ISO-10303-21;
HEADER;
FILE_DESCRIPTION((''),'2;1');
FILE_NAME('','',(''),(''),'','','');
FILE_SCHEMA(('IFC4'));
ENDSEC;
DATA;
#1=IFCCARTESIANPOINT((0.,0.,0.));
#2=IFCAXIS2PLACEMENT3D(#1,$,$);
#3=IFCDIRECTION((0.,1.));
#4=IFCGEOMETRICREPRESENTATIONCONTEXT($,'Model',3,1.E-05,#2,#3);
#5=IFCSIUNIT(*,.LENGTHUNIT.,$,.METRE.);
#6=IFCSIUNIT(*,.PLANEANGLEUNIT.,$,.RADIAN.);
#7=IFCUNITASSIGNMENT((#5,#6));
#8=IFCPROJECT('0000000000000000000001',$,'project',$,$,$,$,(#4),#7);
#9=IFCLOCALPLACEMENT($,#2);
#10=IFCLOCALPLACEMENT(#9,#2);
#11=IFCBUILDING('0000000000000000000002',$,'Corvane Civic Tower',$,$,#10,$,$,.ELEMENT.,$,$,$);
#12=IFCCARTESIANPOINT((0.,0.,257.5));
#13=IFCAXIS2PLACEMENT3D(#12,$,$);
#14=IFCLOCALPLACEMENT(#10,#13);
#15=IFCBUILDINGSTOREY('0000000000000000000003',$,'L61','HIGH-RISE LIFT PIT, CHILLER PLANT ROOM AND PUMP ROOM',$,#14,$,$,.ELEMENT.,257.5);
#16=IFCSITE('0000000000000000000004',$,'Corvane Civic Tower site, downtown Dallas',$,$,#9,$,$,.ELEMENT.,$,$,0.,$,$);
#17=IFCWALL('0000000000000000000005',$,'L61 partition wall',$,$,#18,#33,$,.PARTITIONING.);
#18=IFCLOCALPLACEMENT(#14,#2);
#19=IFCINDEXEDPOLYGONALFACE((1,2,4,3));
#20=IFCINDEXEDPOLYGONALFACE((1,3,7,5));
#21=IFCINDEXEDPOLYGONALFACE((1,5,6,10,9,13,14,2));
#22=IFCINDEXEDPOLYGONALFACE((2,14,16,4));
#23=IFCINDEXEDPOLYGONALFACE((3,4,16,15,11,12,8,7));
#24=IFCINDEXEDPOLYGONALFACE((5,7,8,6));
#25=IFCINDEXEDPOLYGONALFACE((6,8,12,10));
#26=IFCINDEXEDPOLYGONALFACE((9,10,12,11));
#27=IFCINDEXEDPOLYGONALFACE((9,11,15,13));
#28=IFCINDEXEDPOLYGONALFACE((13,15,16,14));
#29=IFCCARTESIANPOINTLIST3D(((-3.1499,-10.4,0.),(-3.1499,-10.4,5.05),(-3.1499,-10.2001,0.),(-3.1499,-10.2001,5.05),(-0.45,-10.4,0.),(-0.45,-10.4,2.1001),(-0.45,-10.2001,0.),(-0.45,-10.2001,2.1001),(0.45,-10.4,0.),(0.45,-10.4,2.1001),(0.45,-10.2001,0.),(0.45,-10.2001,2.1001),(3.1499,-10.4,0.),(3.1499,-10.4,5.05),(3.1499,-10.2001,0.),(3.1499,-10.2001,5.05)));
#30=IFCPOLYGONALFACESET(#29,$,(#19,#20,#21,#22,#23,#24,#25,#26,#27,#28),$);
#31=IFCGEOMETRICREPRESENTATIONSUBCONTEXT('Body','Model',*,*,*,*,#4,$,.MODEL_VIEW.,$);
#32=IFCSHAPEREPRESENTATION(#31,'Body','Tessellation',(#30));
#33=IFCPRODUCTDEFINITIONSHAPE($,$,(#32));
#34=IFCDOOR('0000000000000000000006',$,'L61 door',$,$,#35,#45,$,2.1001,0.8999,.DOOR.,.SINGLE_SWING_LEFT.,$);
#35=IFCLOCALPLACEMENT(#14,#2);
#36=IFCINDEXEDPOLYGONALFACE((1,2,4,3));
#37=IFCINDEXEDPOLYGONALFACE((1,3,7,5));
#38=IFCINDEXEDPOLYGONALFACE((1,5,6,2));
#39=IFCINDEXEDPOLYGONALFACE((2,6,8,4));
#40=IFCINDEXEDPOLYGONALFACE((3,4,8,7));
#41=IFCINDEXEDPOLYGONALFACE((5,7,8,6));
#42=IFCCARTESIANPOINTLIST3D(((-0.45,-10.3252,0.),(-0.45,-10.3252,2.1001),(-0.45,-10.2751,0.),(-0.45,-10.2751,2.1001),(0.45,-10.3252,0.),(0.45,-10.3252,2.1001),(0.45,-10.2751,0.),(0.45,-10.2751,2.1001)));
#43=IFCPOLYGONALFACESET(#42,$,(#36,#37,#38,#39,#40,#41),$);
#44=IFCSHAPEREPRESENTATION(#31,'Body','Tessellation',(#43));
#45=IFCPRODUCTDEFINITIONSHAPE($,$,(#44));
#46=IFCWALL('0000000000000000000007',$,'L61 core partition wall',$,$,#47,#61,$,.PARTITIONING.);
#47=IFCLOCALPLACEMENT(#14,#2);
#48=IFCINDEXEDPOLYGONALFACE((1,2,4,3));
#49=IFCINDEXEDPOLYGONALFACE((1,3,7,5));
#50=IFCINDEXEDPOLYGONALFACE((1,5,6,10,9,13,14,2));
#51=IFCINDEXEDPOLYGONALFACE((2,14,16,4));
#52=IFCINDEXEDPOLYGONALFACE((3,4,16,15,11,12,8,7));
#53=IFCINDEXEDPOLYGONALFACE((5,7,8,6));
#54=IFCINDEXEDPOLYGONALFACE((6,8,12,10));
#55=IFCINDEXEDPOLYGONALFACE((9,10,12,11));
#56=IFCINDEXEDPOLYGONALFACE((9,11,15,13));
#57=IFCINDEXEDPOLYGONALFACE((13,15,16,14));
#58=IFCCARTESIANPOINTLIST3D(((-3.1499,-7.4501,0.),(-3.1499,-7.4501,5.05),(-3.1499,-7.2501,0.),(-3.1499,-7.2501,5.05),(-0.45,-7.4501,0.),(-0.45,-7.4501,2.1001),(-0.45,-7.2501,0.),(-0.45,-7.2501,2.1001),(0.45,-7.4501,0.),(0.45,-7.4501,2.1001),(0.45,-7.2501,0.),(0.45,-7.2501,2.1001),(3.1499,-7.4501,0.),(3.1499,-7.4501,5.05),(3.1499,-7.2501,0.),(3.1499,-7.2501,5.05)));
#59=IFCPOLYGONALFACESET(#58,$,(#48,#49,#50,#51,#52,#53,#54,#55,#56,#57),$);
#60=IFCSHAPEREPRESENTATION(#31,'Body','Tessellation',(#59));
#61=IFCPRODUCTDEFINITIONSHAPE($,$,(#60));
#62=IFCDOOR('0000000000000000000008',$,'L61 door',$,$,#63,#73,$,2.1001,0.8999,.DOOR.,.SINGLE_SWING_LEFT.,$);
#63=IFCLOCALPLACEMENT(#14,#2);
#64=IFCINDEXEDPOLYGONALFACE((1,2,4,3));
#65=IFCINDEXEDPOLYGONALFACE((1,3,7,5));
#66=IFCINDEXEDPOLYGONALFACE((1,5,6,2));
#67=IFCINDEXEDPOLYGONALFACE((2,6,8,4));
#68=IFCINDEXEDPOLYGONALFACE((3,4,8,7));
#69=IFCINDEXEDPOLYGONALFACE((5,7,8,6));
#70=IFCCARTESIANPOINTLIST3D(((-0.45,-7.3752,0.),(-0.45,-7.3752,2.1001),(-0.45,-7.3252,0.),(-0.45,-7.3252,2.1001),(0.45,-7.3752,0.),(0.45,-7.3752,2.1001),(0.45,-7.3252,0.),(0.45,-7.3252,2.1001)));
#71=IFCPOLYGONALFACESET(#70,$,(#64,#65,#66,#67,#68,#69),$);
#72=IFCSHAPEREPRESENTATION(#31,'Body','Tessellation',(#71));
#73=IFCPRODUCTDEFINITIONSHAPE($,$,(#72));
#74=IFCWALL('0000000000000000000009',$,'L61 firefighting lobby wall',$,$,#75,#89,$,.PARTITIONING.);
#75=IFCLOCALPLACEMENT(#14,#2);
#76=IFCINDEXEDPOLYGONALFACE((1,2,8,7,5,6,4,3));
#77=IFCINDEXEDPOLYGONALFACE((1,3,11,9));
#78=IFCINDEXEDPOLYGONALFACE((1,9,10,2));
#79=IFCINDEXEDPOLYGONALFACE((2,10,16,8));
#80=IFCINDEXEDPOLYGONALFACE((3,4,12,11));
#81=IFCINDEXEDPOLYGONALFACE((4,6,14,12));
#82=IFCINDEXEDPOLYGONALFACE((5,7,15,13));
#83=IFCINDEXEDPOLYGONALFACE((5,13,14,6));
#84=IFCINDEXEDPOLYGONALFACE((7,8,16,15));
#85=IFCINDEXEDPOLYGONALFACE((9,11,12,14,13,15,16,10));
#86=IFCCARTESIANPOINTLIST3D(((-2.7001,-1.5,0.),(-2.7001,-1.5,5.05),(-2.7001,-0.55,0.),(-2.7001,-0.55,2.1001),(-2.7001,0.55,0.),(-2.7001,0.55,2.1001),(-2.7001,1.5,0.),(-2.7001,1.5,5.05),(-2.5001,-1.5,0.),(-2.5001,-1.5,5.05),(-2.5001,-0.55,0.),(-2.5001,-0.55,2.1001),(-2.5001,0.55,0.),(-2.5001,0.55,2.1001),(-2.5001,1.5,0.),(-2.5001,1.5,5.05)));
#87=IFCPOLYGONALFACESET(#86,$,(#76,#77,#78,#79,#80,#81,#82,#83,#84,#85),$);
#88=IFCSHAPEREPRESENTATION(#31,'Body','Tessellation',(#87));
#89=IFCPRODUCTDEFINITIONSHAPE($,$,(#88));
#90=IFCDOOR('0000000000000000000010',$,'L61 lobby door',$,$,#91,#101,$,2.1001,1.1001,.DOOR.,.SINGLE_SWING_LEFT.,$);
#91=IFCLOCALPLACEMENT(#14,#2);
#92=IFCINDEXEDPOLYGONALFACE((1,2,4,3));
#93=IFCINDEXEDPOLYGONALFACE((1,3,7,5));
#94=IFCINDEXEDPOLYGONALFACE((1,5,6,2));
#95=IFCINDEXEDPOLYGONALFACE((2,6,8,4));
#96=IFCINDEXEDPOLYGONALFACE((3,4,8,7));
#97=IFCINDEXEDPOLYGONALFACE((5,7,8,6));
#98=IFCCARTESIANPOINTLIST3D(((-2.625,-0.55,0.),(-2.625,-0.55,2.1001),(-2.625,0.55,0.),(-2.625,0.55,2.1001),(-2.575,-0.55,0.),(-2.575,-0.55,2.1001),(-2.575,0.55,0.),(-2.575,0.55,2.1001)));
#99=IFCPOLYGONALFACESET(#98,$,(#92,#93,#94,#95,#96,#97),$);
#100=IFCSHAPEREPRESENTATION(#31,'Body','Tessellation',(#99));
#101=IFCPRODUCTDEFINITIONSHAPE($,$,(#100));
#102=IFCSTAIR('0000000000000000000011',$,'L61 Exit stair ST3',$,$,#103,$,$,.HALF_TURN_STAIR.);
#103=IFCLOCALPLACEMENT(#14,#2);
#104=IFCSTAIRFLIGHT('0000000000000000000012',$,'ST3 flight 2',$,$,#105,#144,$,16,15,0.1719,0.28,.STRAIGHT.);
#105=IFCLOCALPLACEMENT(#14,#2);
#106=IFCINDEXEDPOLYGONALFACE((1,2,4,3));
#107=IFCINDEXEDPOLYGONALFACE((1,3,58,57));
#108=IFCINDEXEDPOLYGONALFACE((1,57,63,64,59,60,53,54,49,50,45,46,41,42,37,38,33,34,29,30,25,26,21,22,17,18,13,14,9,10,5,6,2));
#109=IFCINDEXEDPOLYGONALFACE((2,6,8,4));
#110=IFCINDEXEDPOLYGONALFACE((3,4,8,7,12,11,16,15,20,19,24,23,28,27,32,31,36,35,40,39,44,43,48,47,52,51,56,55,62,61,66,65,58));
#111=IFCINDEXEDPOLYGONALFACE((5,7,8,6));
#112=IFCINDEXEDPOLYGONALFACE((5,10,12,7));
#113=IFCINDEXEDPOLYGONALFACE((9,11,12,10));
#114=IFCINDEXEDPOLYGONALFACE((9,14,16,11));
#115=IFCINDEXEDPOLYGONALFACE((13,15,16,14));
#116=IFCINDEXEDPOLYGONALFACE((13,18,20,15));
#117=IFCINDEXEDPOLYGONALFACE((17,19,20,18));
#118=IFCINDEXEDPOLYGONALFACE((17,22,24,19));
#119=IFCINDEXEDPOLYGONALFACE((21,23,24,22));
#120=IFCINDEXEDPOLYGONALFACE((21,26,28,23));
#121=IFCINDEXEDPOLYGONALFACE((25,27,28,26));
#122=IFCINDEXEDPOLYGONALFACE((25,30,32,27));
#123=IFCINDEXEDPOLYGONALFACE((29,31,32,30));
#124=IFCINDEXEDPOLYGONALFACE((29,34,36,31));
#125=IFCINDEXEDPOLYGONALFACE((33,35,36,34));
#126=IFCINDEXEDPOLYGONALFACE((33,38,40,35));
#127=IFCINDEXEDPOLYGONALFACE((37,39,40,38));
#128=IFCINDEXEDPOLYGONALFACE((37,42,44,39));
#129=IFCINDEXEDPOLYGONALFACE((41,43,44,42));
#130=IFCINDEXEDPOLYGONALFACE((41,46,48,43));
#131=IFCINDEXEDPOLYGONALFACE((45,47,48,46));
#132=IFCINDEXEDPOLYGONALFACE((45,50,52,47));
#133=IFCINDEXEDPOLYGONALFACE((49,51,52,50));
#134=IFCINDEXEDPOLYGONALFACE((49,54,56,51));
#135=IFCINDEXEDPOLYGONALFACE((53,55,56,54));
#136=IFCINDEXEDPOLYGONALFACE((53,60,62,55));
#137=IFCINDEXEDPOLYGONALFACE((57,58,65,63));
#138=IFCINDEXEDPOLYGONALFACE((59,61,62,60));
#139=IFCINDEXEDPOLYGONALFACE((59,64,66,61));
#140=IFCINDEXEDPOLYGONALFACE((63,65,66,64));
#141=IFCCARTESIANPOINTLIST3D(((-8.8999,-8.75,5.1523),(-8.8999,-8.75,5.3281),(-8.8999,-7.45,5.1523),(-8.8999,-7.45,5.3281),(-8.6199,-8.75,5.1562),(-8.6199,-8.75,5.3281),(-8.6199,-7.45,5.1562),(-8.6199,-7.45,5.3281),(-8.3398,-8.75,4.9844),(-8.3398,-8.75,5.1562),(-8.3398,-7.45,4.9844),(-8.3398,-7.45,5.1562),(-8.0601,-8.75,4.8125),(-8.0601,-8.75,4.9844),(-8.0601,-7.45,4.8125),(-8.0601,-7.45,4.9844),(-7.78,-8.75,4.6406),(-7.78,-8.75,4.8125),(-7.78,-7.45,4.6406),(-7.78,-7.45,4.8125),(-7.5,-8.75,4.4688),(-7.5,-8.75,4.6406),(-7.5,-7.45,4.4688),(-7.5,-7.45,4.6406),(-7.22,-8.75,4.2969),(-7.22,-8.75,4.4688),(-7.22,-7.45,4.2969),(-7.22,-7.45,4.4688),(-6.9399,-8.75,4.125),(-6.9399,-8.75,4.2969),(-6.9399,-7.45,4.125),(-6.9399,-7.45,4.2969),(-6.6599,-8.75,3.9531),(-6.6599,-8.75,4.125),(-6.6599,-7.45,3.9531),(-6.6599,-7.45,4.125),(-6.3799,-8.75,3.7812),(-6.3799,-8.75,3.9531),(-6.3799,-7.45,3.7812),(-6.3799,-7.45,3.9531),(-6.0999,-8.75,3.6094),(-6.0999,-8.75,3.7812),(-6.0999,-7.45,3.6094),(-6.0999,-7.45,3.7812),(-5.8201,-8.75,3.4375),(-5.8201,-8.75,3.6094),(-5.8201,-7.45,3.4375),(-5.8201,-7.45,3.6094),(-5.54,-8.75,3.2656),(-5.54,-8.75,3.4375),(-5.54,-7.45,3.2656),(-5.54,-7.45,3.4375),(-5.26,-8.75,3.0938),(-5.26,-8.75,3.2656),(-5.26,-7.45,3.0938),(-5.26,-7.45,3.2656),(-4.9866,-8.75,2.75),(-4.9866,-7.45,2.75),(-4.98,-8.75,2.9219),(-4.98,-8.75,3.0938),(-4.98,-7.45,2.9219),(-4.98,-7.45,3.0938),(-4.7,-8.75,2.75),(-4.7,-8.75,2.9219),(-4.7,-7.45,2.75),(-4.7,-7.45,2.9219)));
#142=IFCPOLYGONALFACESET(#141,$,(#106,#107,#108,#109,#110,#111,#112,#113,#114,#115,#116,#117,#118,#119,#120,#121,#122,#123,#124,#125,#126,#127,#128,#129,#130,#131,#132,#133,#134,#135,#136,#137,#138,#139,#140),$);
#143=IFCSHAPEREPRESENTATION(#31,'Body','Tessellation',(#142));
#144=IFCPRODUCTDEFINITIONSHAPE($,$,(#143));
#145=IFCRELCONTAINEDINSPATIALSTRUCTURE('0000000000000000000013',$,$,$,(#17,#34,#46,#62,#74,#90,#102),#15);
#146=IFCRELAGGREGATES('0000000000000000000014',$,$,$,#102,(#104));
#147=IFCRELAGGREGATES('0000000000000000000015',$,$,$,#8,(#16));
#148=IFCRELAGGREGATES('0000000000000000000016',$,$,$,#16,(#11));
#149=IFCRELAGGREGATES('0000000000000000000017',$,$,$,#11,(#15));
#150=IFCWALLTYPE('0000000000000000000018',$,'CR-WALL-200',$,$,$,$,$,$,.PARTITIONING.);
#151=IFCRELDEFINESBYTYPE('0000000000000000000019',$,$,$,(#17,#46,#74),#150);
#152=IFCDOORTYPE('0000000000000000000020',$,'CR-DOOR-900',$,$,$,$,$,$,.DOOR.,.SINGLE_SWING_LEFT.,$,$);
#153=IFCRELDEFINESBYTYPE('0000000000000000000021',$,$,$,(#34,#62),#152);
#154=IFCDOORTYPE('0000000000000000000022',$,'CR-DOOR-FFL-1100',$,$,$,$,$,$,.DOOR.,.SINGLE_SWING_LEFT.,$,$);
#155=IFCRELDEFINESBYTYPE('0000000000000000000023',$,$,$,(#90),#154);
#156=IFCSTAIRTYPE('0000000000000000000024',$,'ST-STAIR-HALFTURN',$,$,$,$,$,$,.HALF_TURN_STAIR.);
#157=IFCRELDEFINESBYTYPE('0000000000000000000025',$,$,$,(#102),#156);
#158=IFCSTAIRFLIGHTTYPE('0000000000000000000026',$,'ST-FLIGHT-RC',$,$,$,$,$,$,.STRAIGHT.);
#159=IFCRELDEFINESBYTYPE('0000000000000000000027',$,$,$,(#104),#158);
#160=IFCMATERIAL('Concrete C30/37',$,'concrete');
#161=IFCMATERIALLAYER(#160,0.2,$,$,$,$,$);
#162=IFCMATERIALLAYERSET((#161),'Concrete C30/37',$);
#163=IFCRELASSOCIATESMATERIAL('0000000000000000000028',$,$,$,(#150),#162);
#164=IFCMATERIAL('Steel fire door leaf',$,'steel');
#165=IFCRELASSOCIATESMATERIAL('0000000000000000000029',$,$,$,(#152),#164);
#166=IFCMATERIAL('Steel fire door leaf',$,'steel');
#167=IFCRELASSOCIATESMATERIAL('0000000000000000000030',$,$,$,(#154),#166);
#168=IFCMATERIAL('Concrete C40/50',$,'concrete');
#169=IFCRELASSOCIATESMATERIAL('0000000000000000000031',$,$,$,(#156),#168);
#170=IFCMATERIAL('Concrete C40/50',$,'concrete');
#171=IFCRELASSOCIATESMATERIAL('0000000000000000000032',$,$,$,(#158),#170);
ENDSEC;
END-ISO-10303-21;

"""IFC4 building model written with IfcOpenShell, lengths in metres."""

from ifc_helpers import new_model, si_unit, direction, frame, frame_2d, origin, place, context, subcontext, project, spatial, polyline, rectangle, outline, extrude, material, layer, layer_set, type_object, element, fill, aggregate, save


model = new_model("IFC4")

# Units and contexts
model_context = context("Model", 3, precision=1e-05, world=origin(), true_north=direction((0.0, 1.0)))
body_context = subcontext(model_context, "Body", "Model", "MODEL_VIEW")
ifc_project = project(units=[si_unit("LENGTHUNIT", "METRE"), si_unit("PLANEANGLEUNIT", "RADIAN")], contexts=[model_context])

# Site, building, storey
site_placement = place(None, origin())
site = spatial("IfcSite", under=ifc_project, at=site_placement, Name="Corvane Civic Tower site, downtown Dallas", CompositionType="ELEMENT", RefElevation=0.0)
building_placement = place(site_placement, origin())
building = spatial("IfcBuilding", under=site, at=building_placement, Name="Corvane Civic Tower", CompositionType="ELEMENT")
storey_placement = place(building_placement, frame((0.0, 0.0, 257.5)))
storey = spatial("IfcBuildingStorey", under=building, at=storey_placement, Name="L61", Description="HIGH-RISE LIFT PIT, CHILLER PLANT ROOM AND PUMP ROOM", CompositionType="ELEMENT", Elevation=257.5)

# Walls, openings, doors
ifc_material_1 = material(Name="Concrete C30/37", Category="concrete")
ifc_layer = layer(ifc_material_1, 0.2)
ifc_layer_set = layer_set([ifc_layer], Name="Concrete C30/37")
wall_type = type_object("IfcWallType", Name="CR-WALL-200", PredefinedType="PARTITIONING", material=ifc_layer_set)
wall_1_placement = place(storey_placement, frame((-3.1499, -10.3, 0.0), z_axis=(0.0, 0.0, 1.0), x_axis=(1.0, 0.0, 0.0)))
wall_1 = element("IfcWall", 1, at=wall_1_placement, inside=storey, type_object=wall_type, Name="L61 partition wall", PredefinedType="PARTITIONING", context=body_context, shape_type="SweptSolid", body=[
    extrude(rectangle(XDim=6.2998, YDim=0.2, at=frame_2d((3.1499, 0.0))), origin(), (0.0, 0.0, 1.0), 5.05),
])
opening_1_placement = place(wall_1_placement, frame((2.7, 0.0, 0.0)))
opening_1 = element("IfcOpeningElement", 2, at=opening_1_placement, cuts=wall_1, PredefinedType="OPENING", context=body_context, shape_type="SweptSolid", body=[
    extrude(rectangle(XDim=0.8999, YDim=2.1001, at=frame_2d((0.45, 1.05))), frame((0.0, 0.1099, 0.0), z_axis=(0.0, -1.0, 0.0), x_axis=(1.0, 0.0, 0.0)), (0.0, 0.0, 1.0), 0.22),
])
ifc_material_2 = material(Name="Steel fire door leaf", Category="steel")
door_type_1 = type_object("IfcDoorType", Name="CR-DOOR-900", OperationType="SINGLE_SWING_LEFT", PredefinedType="DOOR", material=ifc_material_2)
door_1_placement = place(opening_1_placement, origin())
door_1 = element("IfcDoor", 3, at=door_1_placement, inside=storey, type_object=door_type_1, Name="L61 door", OperationType="SINGLE_SWING_LEFT", OverallHeight=2.1001, OverallWidth=0.8999, PredefinedType="DOOR", context=body_context, shape_type="SweptSolid", body=[
    extrude(rectangle(XDim=0.8999, YDim=2.1001, at=frame_2d((0.45, 1.05))), frame((0.0, 0.0249, 0.0), z_axis=(0.0, -1.0, 0.0), x_axis=(1.0, 0.0, 0.0)), (0.0, 0.0, 1.0), 0.05),
])
fill(opening_1, door_1)
wall_2_placement = place(storey_placement, frame((-3.1499, -7.3501, 0.0), z_axis=(0.0, 0.0, 1.0), x_axis=(1.0, 0.0, 0.0)))
wall_2 = element("IfcWall", 4, at=wall_2_placement, inside=storey, type_object=wall_type, Name="L61 core partition wall", PredefinedType="PARTITIONING", context=body_context, shape_type="SweptSolid", body=[
    extrude(rectangle(XDim=6.2998, YDim=0.2, at=frame_2d((3.1499, 0.0))), origin(), (0.0, 0.0, 1.0), 5.05),
])
opening_2_placement = place(wall_2_placement, frame((2.7, 0.0, 0.0)))
opening_2 = element("IfcOpeningElement", 5, at=opening_2_placement, cuts=wall_2, PredefinedType="OPENING", context=body_context, shape_type="SweptSolid", body=[
    extrude(rectangle(XDim=0.8999, YDim=2.1001, at=frame_2d((0.45, 1.05))), frame((0.0, 0.1099, 0.0), z_axis=(0.0, -1.0, 0.0), x_axis=(1.0, 0.0, 0.0)), (0.0, 0.0, 1.0), 0.22),
])
door_2_placement = place(opening_2_placement, origin())
door_2 = element("IfcDoor", 6, at=door_2_placement, inside=storey, type_object=door_type_1, Name="L61 door", OperationType="SINGLE_SWING_LEFT", OverallHeight=2.1001, OverallWidth=0.8999, PredefinedType="DOOR", context=body_context, shape_type="SweptSolid", body=[
    extrude(rectangle(XDim=0.8999, YDim=2.1001, at=frame_2d((0.45, 1.05))), frame((0.0, 0.0249, 0.0), z_axis=(0.0, -1.0, 0.0), x_axis=(1.0, 0.0, 0.0)), (0.0, 0.0, 1.0), 0.05),
])
fill(opening_2, door_2)
wall_3_placement = place(storey_placement, frame((-2.6001, -1.5, 0.0), z_axis=(0.0, 0.0, 1.0), x_axis=(0.0, 1.0, 0.0)))
wall_3 = element("IfcWall", 7, at=wall_3_placement, inside=storey, type_object=wall_type, Name="L61 firefighting lobby wall", PredefinedType="PARTITIONING", context=body_context, shape_type="SweptSolid", body=[
    extrude(rectangle(XDim=3.0, YDim=0.2, at=frame_2d((1.5, 0.0))), origin(), (0.0, 0.0, 1.0), 5.05),
])
opening_3_placement = place(wall_3_placement, frame((0.95, 0.0, 0.0)))
opening_3 = element("IfcOpeningElement", 8, at=opening_3_placement, cuts=wall_3, PredefinedType="OPENING", context=body_context, shape_type="SweptSolid", body=[
    extrude(rectangle(XDim=1.1001, YDim=2.1001, at=frame_2d((0.55, 1.05))), frame((0.0, 0.1099, 0.0), z_axis=(0.0, -1.0, 0.0), x_axis=(1.0, 0.0, 0.0)), (0.0, 0.0, 1.0), 0.22),
])
ifc_material_3 = material(Name="Steel fire door leaf", Category="steel")
door_type_2 = type_object("IfcDoorType", Name="CR-DOOR-FFL-1100", OperationType="SINGLE_SWING_LEFT", PredefinedType="DOOR", material=ifc_material_3)
door_3_placement = place(opening_3_placement, origin())
door_3 = element("IfcDoor", 9, at=door_3_placement, inside=storey, type_object=door_type_2, Name="L61 lobby door", OperationType="SINGLE_SWING_LEFT", OverallHeight=2.1001, OverallWidth=1.1001, PredefinedType="DOOR", context=body_context, shape_type="SweptSolid", body=[
    extrude(rectangle(XDim=1.1001, YDim=2.1001, at=frame_2d((0.55, 1.05))), frame((0.0, 0.0249, 0.0), z_axis=(0.0, -1.0, 0.0), x_axis=(1.0, 0.0, 0.0)), (0.0, 0.0, 1.0), 0.05),
])
fill(opening_3, door_3)

# Stair, stair flight
ifc_material_4 = material(Name="Concrete C40/50", Category="concrete")
stair_type = type_object("IfcStairType", Name="ST-STAIR-HALFTURN", PredefinedType="HALF_TURN_STAIR", material=ifc_material_4)
stair_placement = place(storey_placement, origin())
stair = element("IfcStair", 10, at=stair_placement, inside=storey, type_object=stair_type, Name="L61 Exit stair ST3", PredefinedType="HALF_TURN_STAIR")
ifc_material_5 = material(Name="Concrete C40/50", Category="concrete")
stair_flight_type = type_object("IfcStairFlightType", Name="ST-FLIGHT-RC", PredefinedType="STRAIGHT", material=ifc_material_5)
stair_flight_placement = place(storey_placement, frame((-4.7, -8.1001, 2.75), z_axis=(0.0, 0.0, 1.0), x_axis=(-1.0, 0.0, 0.0)))
stair_flight = element("IfcStairFlight", 11, at=stair_flight_placement, type_object=stair_flight_type, Name="ST3 flight 2", NumberOfRisers=16, NumberOfTreads=15, PredefinedType="STRAIGHT", RiserHeight=0.1719, TreadLength=0.28, context=body_context, shape_type="SweptSolid", body=[
    extrude(outline(polyline([(0.0, 0.0), (0.0, 0.1719), (0.28, 0.1719), (0.28, 0.3438), (0.5601, 0.3438), (0.5601, 0.5156), (0.8401, 0.5156), (0.8401, 0.6875), (1.1201, 0.6875), (1.1201, 0.8594), (1.3999, 0.8594), (1.3999, 1.0312), (1.6799, 1.0312), (1.6799, 1.2031), (1.96, 1.2031), (1.96, 1.375), (2.24, 1.375), (2.24, 1.5469), (2.52, 1.5469), (2.52, 1.7188), (2.8, 1.7188), (2.8, 1.8906), (3.0801, 1.8906), (3.0801, 2.0625), (3.3601, 2.0625), (3.3601, 2.2344), (3.6399, 2.2344), (3.6399, 2.4062), (3.9199, 2.4062), (3.9199, 2.5781), (4.2, 2.5781), (4.2, 2.75), (4.2, 2.4023), (0.2866, 0.0), (0.0, 0.0)])), frame((0.0, 0.6499, 0.0), z_axis=(0.0, -1.0, 0.0), x_axis=(1.0, 0.0, 0.0)), (0.0, 0.0, 1.0), 1.3),
])
aggregate(stair, [stair_flight])

save(model, "model.ifc")
